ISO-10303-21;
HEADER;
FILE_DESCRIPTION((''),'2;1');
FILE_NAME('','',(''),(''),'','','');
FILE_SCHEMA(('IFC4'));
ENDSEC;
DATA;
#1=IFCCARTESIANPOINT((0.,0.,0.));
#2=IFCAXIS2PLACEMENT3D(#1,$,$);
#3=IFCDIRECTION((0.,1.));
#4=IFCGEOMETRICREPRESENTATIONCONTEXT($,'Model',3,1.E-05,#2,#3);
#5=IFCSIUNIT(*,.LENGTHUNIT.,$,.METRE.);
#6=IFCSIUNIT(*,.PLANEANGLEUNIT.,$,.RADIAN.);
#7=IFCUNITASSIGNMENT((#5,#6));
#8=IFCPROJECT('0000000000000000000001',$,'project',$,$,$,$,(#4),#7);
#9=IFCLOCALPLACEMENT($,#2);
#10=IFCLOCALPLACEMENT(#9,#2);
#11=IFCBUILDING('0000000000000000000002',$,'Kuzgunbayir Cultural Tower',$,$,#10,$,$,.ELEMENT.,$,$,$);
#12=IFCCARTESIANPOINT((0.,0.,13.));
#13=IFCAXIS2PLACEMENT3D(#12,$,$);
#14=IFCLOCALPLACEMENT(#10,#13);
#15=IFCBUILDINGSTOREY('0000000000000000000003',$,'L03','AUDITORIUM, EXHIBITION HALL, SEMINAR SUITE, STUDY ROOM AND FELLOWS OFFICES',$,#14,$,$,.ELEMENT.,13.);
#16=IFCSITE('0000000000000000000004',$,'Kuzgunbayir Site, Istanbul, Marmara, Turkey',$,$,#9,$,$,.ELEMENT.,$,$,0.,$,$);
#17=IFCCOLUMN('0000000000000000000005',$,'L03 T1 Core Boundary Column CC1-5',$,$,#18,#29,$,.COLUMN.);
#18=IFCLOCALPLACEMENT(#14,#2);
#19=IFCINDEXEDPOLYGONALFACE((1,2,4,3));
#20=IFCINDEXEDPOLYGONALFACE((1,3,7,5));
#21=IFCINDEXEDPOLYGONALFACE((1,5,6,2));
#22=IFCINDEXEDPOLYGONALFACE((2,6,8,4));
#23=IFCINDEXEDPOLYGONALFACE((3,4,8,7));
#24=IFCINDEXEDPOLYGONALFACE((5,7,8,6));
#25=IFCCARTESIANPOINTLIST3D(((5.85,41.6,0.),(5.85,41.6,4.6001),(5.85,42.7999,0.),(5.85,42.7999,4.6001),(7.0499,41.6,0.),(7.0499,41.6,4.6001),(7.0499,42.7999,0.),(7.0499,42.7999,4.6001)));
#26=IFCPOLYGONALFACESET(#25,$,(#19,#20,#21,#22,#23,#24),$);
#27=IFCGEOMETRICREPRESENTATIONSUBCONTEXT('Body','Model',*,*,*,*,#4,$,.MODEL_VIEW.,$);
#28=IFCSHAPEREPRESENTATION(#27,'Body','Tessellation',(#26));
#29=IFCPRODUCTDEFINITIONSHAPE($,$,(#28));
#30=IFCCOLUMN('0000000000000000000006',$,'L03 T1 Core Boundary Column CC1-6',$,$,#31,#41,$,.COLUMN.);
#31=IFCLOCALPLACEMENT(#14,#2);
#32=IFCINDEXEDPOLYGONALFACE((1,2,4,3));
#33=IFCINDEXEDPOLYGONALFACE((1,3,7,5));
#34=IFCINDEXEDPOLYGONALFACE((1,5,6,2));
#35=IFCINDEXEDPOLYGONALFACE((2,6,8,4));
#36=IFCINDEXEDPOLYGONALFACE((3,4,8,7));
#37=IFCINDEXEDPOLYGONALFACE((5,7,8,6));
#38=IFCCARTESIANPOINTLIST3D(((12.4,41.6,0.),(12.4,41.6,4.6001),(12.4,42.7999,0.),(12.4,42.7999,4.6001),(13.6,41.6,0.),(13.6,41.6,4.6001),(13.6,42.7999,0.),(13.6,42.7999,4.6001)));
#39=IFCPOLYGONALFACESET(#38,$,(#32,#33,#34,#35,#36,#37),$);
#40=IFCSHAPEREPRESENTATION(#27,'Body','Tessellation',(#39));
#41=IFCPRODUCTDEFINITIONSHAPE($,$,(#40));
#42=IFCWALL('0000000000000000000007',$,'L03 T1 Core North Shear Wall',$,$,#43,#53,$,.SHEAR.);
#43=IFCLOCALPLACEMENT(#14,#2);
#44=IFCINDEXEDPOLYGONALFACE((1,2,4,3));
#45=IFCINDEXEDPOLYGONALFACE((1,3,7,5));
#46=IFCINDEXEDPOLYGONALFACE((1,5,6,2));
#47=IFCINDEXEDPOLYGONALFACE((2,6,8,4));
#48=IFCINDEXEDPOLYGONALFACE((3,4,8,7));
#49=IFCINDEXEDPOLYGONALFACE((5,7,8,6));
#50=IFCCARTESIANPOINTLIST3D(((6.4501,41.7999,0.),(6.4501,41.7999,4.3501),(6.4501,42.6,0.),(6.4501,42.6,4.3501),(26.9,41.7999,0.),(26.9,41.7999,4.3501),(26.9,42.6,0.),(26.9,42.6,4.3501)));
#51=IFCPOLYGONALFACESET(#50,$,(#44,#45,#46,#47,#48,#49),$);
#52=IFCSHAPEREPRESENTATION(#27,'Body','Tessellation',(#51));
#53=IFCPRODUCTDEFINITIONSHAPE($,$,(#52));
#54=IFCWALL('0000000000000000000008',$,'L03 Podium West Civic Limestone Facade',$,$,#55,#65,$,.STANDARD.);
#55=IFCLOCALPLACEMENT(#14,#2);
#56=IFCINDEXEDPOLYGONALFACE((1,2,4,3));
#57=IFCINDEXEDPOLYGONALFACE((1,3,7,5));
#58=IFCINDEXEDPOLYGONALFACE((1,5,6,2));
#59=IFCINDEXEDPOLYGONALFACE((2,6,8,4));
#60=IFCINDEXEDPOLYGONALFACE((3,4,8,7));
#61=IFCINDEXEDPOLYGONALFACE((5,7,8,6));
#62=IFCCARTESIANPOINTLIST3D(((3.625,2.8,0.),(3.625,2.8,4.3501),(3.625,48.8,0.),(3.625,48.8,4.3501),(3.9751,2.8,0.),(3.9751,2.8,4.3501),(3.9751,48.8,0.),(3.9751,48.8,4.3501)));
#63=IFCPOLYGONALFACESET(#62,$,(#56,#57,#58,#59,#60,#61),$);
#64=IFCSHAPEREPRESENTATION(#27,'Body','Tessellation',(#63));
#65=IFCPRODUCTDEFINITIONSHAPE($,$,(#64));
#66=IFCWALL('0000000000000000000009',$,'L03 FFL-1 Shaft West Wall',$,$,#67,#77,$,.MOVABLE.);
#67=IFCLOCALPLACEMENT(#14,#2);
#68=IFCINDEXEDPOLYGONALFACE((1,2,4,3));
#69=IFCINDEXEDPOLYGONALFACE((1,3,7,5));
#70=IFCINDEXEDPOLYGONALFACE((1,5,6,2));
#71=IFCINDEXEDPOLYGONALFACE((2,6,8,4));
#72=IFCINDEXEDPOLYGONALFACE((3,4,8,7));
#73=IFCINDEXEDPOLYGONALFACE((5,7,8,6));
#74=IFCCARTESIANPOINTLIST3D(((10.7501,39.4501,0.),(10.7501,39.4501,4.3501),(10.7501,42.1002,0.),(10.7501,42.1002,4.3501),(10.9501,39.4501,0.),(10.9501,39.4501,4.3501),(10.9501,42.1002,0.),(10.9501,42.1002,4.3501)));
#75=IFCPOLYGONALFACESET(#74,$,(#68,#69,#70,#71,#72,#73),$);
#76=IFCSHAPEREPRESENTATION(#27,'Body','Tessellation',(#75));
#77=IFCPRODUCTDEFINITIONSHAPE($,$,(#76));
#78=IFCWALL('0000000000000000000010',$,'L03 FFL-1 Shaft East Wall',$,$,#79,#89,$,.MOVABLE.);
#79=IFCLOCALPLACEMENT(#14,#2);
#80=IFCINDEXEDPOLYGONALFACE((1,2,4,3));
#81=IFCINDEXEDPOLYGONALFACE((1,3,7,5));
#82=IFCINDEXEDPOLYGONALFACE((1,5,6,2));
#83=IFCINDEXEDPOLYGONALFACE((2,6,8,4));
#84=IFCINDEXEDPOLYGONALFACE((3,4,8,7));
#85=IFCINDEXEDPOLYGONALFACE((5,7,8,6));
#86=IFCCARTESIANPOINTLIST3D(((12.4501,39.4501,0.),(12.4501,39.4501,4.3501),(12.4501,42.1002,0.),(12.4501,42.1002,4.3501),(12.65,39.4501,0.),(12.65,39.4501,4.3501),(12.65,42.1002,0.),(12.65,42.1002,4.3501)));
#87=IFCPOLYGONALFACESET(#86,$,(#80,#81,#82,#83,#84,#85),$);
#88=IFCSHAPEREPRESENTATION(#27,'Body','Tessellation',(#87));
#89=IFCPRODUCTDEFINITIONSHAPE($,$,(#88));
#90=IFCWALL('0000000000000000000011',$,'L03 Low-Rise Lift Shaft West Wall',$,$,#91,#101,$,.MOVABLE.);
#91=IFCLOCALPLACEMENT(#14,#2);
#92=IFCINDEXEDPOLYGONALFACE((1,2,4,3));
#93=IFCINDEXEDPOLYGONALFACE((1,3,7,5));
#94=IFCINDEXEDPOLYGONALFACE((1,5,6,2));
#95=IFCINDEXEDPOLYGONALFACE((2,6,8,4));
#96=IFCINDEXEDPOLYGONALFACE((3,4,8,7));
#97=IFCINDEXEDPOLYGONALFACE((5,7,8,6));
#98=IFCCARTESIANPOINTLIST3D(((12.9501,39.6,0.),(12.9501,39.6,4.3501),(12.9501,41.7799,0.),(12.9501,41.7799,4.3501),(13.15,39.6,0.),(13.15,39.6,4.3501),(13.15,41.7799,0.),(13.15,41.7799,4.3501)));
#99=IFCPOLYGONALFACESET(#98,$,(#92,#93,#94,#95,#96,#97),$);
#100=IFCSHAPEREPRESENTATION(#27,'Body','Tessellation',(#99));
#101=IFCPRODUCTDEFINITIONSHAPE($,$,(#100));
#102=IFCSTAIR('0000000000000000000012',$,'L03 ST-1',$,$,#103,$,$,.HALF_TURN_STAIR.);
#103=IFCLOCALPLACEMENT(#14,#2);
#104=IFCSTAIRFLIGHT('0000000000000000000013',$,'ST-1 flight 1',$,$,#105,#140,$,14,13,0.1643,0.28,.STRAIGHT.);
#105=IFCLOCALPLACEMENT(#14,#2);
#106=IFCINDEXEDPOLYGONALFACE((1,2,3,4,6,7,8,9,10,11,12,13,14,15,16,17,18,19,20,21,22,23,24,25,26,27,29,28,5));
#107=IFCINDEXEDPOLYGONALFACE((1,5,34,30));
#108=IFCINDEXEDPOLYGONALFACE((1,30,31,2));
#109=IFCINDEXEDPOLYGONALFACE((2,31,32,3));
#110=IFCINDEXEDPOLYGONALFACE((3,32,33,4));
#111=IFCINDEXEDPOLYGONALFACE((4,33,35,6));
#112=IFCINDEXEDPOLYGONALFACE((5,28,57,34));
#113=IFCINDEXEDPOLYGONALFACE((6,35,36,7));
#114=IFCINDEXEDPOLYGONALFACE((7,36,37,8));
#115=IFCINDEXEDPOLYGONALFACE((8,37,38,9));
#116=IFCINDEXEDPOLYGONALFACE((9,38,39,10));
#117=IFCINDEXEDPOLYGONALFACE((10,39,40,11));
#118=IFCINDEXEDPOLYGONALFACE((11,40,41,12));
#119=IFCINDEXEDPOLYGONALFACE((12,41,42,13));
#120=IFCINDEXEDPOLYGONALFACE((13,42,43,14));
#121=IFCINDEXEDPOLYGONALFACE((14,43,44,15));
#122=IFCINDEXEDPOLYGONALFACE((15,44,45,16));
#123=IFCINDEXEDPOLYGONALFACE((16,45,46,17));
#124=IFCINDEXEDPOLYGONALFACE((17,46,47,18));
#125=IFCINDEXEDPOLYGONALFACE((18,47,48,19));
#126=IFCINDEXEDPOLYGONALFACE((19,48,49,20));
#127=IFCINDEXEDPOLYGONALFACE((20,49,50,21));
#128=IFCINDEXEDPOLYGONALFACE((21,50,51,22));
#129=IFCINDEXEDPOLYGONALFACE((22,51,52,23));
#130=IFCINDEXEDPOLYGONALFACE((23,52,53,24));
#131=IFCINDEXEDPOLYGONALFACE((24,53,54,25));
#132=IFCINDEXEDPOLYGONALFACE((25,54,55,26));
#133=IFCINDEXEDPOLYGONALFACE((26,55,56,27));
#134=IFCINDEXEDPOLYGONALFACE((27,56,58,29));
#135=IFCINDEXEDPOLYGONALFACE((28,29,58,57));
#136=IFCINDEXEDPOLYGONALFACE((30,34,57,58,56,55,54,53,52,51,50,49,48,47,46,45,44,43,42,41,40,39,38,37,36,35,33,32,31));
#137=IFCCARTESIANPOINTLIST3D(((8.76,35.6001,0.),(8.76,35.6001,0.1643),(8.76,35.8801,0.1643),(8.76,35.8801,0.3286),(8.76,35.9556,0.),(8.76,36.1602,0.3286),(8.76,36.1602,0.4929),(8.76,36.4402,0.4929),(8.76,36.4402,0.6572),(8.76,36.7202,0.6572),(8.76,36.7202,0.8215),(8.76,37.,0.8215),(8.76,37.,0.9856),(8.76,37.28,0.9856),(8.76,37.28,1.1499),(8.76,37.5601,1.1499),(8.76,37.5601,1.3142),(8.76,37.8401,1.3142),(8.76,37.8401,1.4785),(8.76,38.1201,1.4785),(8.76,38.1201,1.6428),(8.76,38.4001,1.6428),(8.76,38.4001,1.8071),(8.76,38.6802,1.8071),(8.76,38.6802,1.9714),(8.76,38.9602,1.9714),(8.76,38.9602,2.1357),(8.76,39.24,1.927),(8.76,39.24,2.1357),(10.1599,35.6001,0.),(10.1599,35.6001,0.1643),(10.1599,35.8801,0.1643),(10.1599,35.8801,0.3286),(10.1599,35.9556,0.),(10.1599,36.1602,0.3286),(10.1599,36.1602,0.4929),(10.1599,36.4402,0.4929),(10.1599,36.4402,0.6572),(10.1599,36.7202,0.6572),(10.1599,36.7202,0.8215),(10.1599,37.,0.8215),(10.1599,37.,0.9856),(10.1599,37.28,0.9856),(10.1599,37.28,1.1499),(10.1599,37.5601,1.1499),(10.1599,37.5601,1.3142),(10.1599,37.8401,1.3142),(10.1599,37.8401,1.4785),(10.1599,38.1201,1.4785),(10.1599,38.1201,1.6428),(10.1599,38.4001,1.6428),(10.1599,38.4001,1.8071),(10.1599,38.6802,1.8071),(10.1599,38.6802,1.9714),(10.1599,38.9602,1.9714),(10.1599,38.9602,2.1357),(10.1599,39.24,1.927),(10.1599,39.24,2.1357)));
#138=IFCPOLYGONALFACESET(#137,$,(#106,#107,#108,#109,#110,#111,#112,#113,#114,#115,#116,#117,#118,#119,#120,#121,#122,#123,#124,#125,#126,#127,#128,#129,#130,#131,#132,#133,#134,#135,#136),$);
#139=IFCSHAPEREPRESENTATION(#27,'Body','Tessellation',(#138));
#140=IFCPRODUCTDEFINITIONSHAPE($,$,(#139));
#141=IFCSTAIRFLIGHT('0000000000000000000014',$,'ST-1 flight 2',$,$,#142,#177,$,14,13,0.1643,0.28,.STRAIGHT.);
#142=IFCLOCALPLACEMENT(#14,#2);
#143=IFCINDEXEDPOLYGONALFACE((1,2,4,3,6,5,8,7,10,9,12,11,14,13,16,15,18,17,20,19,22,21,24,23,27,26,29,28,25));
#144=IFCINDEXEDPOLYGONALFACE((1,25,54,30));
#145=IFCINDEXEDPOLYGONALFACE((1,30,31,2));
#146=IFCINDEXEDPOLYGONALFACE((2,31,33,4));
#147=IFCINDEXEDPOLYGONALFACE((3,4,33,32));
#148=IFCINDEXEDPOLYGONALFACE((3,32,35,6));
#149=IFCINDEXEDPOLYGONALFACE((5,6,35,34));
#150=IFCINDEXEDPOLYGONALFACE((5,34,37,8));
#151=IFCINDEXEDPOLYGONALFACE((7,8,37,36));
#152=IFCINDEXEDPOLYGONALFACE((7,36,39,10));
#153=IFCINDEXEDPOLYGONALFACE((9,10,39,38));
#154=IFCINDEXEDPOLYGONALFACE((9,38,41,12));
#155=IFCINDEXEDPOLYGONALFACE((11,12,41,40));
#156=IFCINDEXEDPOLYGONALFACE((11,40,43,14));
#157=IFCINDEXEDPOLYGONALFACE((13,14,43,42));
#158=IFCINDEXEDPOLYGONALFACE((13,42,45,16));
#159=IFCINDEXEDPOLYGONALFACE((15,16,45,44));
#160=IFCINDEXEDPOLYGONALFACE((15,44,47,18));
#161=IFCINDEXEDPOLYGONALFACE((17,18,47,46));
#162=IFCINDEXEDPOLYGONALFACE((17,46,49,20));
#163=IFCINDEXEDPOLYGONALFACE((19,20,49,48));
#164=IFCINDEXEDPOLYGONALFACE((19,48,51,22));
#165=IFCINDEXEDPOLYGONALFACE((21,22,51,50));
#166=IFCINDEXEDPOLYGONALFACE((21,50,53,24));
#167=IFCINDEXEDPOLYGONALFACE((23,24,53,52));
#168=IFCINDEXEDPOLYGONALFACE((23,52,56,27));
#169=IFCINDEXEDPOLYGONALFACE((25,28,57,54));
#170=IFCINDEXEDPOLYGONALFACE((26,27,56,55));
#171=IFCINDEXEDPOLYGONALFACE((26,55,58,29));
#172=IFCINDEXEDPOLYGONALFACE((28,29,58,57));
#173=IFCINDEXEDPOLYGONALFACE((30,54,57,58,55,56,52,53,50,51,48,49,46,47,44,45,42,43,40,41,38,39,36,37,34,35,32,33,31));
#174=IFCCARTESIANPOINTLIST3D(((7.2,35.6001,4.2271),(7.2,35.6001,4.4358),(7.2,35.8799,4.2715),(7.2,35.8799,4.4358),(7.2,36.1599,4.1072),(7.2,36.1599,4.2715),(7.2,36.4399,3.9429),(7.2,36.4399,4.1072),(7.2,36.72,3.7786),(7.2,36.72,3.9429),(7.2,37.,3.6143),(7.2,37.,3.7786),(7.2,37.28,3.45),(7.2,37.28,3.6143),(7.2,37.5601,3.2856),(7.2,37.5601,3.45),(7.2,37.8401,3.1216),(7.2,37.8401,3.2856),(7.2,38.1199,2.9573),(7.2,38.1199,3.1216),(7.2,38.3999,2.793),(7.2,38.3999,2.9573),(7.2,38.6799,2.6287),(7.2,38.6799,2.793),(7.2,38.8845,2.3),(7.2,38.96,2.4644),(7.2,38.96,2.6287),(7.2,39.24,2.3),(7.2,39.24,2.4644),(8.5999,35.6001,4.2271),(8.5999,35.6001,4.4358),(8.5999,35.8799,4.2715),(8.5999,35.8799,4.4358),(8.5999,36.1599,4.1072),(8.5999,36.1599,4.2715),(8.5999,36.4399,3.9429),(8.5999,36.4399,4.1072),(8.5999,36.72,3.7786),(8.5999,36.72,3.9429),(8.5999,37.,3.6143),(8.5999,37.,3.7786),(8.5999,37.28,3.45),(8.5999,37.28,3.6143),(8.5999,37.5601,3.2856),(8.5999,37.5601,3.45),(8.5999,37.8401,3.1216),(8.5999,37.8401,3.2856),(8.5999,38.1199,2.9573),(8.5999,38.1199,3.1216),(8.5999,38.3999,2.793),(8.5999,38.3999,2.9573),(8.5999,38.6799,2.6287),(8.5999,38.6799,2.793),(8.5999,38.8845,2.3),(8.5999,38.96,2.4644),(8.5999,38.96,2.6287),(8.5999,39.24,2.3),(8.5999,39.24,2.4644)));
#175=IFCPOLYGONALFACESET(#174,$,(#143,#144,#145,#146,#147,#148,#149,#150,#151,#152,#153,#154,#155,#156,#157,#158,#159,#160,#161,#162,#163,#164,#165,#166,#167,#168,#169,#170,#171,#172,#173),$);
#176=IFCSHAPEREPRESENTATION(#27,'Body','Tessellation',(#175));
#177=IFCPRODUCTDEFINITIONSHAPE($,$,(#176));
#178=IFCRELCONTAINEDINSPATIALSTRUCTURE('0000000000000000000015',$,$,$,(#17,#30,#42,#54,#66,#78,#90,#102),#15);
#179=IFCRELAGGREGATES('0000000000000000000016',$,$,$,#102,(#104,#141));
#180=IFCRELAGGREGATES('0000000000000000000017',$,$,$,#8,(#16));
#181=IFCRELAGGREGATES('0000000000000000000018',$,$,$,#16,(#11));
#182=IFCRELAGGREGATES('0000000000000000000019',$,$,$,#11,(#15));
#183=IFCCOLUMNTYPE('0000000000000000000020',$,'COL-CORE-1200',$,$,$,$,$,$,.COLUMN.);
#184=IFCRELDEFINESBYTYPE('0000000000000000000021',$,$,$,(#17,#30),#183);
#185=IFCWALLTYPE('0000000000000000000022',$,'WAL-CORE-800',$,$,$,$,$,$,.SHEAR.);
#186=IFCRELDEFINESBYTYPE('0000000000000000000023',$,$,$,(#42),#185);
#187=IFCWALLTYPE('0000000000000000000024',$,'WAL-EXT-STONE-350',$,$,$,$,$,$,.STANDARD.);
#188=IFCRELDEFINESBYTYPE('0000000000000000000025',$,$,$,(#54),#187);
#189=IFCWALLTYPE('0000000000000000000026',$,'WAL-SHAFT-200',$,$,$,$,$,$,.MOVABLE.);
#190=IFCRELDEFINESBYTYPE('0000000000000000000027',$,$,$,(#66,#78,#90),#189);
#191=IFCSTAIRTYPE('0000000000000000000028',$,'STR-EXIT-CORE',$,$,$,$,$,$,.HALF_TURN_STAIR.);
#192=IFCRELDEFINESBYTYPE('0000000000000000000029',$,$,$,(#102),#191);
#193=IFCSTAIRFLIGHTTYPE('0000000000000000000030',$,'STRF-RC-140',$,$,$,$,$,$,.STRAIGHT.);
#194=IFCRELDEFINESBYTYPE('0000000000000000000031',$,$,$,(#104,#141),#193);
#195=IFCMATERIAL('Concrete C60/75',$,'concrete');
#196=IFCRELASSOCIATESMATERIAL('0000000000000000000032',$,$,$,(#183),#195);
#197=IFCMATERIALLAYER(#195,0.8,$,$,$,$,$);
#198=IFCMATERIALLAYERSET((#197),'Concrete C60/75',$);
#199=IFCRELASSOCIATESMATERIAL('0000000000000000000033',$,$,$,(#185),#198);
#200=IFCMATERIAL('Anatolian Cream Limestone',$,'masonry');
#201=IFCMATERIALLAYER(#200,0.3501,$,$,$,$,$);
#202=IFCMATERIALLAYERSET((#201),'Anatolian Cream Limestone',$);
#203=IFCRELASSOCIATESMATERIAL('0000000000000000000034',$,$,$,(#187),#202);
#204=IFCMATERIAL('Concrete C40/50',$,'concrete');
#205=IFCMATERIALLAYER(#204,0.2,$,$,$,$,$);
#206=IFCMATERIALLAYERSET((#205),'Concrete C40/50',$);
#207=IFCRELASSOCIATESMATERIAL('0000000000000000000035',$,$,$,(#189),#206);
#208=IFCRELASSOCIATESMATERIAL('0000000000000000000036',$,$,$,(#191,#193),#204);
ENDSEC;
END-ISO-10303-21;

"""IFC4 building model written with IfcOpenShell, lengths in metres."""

from ifc_helpers import new_model, si_unit, direction, frame, frame_2d, origin, origin_2d, place, context, subcontext, project, spatial, polyline, rectangle, outline, extrude, material, layer, layer_set, material_profile, profile_set, type_object, element, aggregate, save


model = new_model("IFC4")

# Units and contexts
model_context = context("Model", 3, precision=1e-05, world=origin(), true_north=direction((0.0, 1.0)))
body_context = subcontext(model_context, "Body", "Model", "MODEL_VIEW")
ifc_project = project(units=[si_unit("LENGTHUNIT", "METRE"), si_unit("PLANEANGLEUNIT", "RADIAN")], contexts=[model_context])

# Site, building, storey
site_placement = place(None, origin())
site = spatial("IfcSite", under=ifc_project, at=site_placement, Name="Kuzgunbayir Site, Istanbul, Marmara, Turkey", CompositionType="ELEMENT", RefElevation=0.0)
building_placement = place(site_placement, origin())
building = spatial("IfcBuilding", under=site, at=building_placement, Name="Kuzgunbayir Cultural Tower", CompositionType="ELEMENT")
storey_placement = place(building_placement, frame((0.0, 0.0, 13.0)))
storey = spatial("IfcBuildingStorey", under=building, at=storey_placement, Name="L03", Description="AUDITORIUM, EXHIBITION HALL, SEMINAR SUITE, STUDY ROOM AND FELLOWS OFFICES", CompositionType="ELEMENT", Elevation=13.0)

# Columns
ifc_material_1 = material(Name="Concrete C60/75", Category="concrete")
ifc_material_profile = material_profile(ifc_material_1, rectangle(XDim=1.2, YDim=1.2, at=origin_2d()), Name="RC 1200x1200")
ifc_profile_set = profile_set([ifc_material_profile], Name="Concrete C60/75")
column_type = type_object("IfcColumnType", Name="COL-CORE-1200", PredefinedType="COLUMN", material=ifc_profile_set)
for number, where, z_axis, x_axis, name in (
    (1, (6.45, 42.2, 0.0), (0.0, 0.0, 1.0), (1.0, 0.0, 0.0), "L03 T1 Core Boundary Column CC1-5"),
    (2, (13.0, 42.2, 0.0), (0.0, 0.0, 1.0), (1.0, 0.0, 0.0), "L03 T1 Core Boundary Column CC1-6"),
):
    element("IfcColumn", number, at=place(storey_placement, frame(where, z_axis=z_axis, x_axis=x_axis)), inside=storey, type_object=column_type, Name=name, PredefinedType="COLUMN", context=body_context, shape_type="SweptSolid", body=[
        extrude(rectangle(XDim=1.2, YDim=1.2, at=origin_2d()), origin(), (0.0, 0.0, 1.0), 4.6001),
    ])

# Walls
ifc_layer_1 = layer(ifc_material_1, 0.8)
ifc_layer_set_1 = layer_set([ifc_layer_1], Name="Concrete C60/75")
wall_type_1 = type_object("IfcWallType", Name="WAL-CORE-800", PredefinedType="SHEAR", material=ifc_layer_set_1)
wall_1_placement = place(storey_placement, frame((6.45, 42.2, 0.0), z_axis=(0.0, 0.0, 1.0), x_axis=(1.0, 0.0, 0.0)))
element("IfcWall", 3, at=wall_1_placement, inside=storey, type_object=wall_type_1, Name="L03 T1 Core North Shear Wall", PredefinedType="SHEAR", context=body_context, shape_type="SweptSolid", body=[
    extrude(rectangle(XDim=20.45, YDim=0.8, at=frame_2d((10.2251, 0.0))), origin(), (0.0, 0.0, 1.0), 4.3501),
])
ifc_material_2 = material(Name="Anatolian Cream Limestone", Category="masonry")
ifc_layer_2 = layer(ifc_material_2, 0.3501)
ifc_layer_set_2 = layer_set([ifc_layer_2], Name="Anatolian Cream Limestone")
wall_type_2 = type_object("IfcWallType", Name="WAL-EXT-STONE-350", PredefinedType="STANDARD", material=ifc_layer_set_2)
wall_2_placement = place(storey_placement, frame((3.8, 48.8, 0.0), z_axis=(0.0, 0.0, 1.0), x_axis=(0.0, -1.0, 0.0)))
element("IfcWall", 4, at=wall_2_placement, inside=storey, type_object=wall_type_2, Name="L03 Podium West Civic Limestone Facade", PredefinedType="STANDARD", context=body_context, shape_type="SweptSolid", body=[
    extrude(rectangle(XDim=46.0, YDim=0.3501, at=frame_2d((23.0, 0.0))), origin(), (0.0, 0.0, 1.0), 4.3501),
])

# Shared definitions
ifc_material_3 = material(Name="Concrete C40/50", Category="concrete")
ifc_layer_3 = layer(ifc_material_3, 0.2)
ifc_layer_set_3 = layer_set([ifc_layer_3], Name="Concrete C40/50")
wall_type_3 = type_object("IfcWallType", Name="WAL-SHAFT-200", PredefinedType="MOVABLE", material=ifc_layer_set_3)

# Walls
for number, where, z_axis, x_axis, name in (
    (5, (10.8501, 39.45, 0.0), (0.0, 0.0, 1.0), (0.0, 1.0, 0.0), "L03 FFL-1 Shaft West Wall"),
    (6, (12.55, 39.45, 0.0), (0.0, 0.0, 1.0), (0.0, 1.0, 0.0), "L03 FFL-1 Shaft East Wall"),
):
    element("IfcWall", number, at=place(storey_placement, frame(where, z_axis=z_axis, x_axis=x_axis)), inside=storey, type_object=wall_type_3, Name=name, PredefinedType="MOVABLE", context=body_context, shape_type="SweptSolid", body=[
        extrude(rectangle(XDim=2.6501, YDim=0.2, at=frame_2d((1.3252, 0.0))), origin(), (0.0, 0.0, 1.0), 4.3501),
    ])

# Wall
wall_3_placement = place(storey_placement, frame((13.05, 39.6001, 0.0), z_axis=(0.0, 0.0, 1.0), x_axis=(0.0, 1.0, 0.0)))
element("IfcWall", 7, at=wall_3_placement, inside=storey, type_object=wall_type_3, Name="L03 Low-Rise Lift Shaft West Wall", PredefinedType="MOVABLE", context=body_context, shape_type="SweptSolid", body=[
    extrude(rectangle(XDim=2.1799, YDim=0.2, at=frame_2d((1.0898, 0.0))), origin(), (0.0, 0.0, 1.0), 4.3501),
])

# Stair, stair flights
stair_type = type_object("IfcStairType", Name="STR-EXIT-CORE", PredefinedType="HALF_TURN_STAIR", material=ifc_material_3)
stair_placement = place(storey_placement, origin())
stair = element("IfcStair", 8, at=stair_placement, inside=storey, type_object=stair_type, Name="L03 ST-1", PredefinedType="HALF_TURN_STAIR")
stair_flight_type = type_object("IfcStairFlightType", Name="STRF-RC-140", PredefinedType="STRAIGHT", material=ifc_material_3)
stair_flight_1_placement = place(storey_placement, frame((9.46, 35.6001, 0.0), z_axis=(0.0, 0.0, 1.0), x_axis=(0.0, 1.0, 0.0)))
stair_flight_1 = element("IfcStairFlight", 9, at=stair_flight_1_placement, type_object=stair_flight_type, Name="ST-1 flight 1", NumberOfRisers=14, NumberOfTreads=13, PredefinedType="STRAIGHT", RiserHeight=0.1643, TreadLength=0.28, context=body_context, shape_type="SweptSolid", body=[
    extrude(outline(polyline([(0.0, 0.0), (0.0, 0.1643), (0.28, 0.1643), (0.28, 0.3286), (0.5601, 0.3286), (0.5601, 0.4929), (0.8401, 0.4929), (0.8401, 0.6572), (1.1201, 0.6572), (1.1201, 0.8215), (1.3999, 0.8215), (1.3999, 0.9856), (1.6799, 0.9856), (1.6799, 1.1499), (1.96, 1.1499), (1.96, 1.3142), (2.24, 1.3142), (2.24, 1.4785), (2.52, 1.4785), (2.52, 1.6428), (2.8, 1.6428), (2.8, 1.8071), (3.0801, 1.8071), (3.0801, 1.9714), (3.3601, 1.9714), (3.3601, 2.1357), (3.6399, 2.1357), (3.6399, 2.3), (3.6399, 1.927), (0.3555, 0.0), (0.0, 0.0)])), frame((0.0, 0.7, 0.0), z_axis=(0.0, -1.0, 0.0), x_axis=(1.0, 0.0, 0.0)), (0.0, 0.0, 1.0), 1.3999),
])
stair_flight_2_placement = place(storey_placement, frame((7.8999, 39.24, 2.3), z_axis=(0.0, 0.0, 1.0), x_axis=(0.0, -1.0, 0.0)))
stair_flight_2 = element("IfcStairFlight", 10, at=stair_flight_2_placement, type_object=stair_flight_type, Name="ST-1 flight 2", NumberOfRisers=14, NumberOfTreads=13, PredefinedType="STRAIGHT", RiserHeight=0.1643, TreadLength=0.28, context=body_context, shape_type="SweptSolid", body=[
    extrude(outline(polyline([(0.0, 0.0), (0.0, 0.1643), (0.28, 0.1643), (0.28, 0.3286), (0.5601, 0.3286), (0.5601, 0.4929), (0.8401, 0.4929), (0.8401, 0.6572), (1.1201, 0.6572), (1.1201, 0.8215), (1.3999, 0.8215), (1.3999, 0.9856), (1.6799, 0.9856), (1.6799, 1.1499), (1.96, 1.1499), (1.96, 1.3142), (2.24, 1.3142), (2.24, 1.4785), (2.52, 1.4785), (2.52, 1.6428), (2.8, 1.6428), (2.8, 1.8071), (3.0801, 1.8071), (3.0801, 1.9714), (3.3601, 1.9714), (3.3601, 2.1357), (3.6399, 2.1357), (3.6399, 2.3), (3.6399, 1.927), (0.3555, 0.0), (0.0, 0.0)])), frame((0.0, 0.7, 0.0), z_axis=(0.0, -1.0, 0.0), x_axis=(1.0, 0.0, 0.0)), (0.0, 0.0, 1.0), 1.3999),
])
aggregate(stair, [stair_flight_1, stair_flight_2])

save(model, "model.ifc")
